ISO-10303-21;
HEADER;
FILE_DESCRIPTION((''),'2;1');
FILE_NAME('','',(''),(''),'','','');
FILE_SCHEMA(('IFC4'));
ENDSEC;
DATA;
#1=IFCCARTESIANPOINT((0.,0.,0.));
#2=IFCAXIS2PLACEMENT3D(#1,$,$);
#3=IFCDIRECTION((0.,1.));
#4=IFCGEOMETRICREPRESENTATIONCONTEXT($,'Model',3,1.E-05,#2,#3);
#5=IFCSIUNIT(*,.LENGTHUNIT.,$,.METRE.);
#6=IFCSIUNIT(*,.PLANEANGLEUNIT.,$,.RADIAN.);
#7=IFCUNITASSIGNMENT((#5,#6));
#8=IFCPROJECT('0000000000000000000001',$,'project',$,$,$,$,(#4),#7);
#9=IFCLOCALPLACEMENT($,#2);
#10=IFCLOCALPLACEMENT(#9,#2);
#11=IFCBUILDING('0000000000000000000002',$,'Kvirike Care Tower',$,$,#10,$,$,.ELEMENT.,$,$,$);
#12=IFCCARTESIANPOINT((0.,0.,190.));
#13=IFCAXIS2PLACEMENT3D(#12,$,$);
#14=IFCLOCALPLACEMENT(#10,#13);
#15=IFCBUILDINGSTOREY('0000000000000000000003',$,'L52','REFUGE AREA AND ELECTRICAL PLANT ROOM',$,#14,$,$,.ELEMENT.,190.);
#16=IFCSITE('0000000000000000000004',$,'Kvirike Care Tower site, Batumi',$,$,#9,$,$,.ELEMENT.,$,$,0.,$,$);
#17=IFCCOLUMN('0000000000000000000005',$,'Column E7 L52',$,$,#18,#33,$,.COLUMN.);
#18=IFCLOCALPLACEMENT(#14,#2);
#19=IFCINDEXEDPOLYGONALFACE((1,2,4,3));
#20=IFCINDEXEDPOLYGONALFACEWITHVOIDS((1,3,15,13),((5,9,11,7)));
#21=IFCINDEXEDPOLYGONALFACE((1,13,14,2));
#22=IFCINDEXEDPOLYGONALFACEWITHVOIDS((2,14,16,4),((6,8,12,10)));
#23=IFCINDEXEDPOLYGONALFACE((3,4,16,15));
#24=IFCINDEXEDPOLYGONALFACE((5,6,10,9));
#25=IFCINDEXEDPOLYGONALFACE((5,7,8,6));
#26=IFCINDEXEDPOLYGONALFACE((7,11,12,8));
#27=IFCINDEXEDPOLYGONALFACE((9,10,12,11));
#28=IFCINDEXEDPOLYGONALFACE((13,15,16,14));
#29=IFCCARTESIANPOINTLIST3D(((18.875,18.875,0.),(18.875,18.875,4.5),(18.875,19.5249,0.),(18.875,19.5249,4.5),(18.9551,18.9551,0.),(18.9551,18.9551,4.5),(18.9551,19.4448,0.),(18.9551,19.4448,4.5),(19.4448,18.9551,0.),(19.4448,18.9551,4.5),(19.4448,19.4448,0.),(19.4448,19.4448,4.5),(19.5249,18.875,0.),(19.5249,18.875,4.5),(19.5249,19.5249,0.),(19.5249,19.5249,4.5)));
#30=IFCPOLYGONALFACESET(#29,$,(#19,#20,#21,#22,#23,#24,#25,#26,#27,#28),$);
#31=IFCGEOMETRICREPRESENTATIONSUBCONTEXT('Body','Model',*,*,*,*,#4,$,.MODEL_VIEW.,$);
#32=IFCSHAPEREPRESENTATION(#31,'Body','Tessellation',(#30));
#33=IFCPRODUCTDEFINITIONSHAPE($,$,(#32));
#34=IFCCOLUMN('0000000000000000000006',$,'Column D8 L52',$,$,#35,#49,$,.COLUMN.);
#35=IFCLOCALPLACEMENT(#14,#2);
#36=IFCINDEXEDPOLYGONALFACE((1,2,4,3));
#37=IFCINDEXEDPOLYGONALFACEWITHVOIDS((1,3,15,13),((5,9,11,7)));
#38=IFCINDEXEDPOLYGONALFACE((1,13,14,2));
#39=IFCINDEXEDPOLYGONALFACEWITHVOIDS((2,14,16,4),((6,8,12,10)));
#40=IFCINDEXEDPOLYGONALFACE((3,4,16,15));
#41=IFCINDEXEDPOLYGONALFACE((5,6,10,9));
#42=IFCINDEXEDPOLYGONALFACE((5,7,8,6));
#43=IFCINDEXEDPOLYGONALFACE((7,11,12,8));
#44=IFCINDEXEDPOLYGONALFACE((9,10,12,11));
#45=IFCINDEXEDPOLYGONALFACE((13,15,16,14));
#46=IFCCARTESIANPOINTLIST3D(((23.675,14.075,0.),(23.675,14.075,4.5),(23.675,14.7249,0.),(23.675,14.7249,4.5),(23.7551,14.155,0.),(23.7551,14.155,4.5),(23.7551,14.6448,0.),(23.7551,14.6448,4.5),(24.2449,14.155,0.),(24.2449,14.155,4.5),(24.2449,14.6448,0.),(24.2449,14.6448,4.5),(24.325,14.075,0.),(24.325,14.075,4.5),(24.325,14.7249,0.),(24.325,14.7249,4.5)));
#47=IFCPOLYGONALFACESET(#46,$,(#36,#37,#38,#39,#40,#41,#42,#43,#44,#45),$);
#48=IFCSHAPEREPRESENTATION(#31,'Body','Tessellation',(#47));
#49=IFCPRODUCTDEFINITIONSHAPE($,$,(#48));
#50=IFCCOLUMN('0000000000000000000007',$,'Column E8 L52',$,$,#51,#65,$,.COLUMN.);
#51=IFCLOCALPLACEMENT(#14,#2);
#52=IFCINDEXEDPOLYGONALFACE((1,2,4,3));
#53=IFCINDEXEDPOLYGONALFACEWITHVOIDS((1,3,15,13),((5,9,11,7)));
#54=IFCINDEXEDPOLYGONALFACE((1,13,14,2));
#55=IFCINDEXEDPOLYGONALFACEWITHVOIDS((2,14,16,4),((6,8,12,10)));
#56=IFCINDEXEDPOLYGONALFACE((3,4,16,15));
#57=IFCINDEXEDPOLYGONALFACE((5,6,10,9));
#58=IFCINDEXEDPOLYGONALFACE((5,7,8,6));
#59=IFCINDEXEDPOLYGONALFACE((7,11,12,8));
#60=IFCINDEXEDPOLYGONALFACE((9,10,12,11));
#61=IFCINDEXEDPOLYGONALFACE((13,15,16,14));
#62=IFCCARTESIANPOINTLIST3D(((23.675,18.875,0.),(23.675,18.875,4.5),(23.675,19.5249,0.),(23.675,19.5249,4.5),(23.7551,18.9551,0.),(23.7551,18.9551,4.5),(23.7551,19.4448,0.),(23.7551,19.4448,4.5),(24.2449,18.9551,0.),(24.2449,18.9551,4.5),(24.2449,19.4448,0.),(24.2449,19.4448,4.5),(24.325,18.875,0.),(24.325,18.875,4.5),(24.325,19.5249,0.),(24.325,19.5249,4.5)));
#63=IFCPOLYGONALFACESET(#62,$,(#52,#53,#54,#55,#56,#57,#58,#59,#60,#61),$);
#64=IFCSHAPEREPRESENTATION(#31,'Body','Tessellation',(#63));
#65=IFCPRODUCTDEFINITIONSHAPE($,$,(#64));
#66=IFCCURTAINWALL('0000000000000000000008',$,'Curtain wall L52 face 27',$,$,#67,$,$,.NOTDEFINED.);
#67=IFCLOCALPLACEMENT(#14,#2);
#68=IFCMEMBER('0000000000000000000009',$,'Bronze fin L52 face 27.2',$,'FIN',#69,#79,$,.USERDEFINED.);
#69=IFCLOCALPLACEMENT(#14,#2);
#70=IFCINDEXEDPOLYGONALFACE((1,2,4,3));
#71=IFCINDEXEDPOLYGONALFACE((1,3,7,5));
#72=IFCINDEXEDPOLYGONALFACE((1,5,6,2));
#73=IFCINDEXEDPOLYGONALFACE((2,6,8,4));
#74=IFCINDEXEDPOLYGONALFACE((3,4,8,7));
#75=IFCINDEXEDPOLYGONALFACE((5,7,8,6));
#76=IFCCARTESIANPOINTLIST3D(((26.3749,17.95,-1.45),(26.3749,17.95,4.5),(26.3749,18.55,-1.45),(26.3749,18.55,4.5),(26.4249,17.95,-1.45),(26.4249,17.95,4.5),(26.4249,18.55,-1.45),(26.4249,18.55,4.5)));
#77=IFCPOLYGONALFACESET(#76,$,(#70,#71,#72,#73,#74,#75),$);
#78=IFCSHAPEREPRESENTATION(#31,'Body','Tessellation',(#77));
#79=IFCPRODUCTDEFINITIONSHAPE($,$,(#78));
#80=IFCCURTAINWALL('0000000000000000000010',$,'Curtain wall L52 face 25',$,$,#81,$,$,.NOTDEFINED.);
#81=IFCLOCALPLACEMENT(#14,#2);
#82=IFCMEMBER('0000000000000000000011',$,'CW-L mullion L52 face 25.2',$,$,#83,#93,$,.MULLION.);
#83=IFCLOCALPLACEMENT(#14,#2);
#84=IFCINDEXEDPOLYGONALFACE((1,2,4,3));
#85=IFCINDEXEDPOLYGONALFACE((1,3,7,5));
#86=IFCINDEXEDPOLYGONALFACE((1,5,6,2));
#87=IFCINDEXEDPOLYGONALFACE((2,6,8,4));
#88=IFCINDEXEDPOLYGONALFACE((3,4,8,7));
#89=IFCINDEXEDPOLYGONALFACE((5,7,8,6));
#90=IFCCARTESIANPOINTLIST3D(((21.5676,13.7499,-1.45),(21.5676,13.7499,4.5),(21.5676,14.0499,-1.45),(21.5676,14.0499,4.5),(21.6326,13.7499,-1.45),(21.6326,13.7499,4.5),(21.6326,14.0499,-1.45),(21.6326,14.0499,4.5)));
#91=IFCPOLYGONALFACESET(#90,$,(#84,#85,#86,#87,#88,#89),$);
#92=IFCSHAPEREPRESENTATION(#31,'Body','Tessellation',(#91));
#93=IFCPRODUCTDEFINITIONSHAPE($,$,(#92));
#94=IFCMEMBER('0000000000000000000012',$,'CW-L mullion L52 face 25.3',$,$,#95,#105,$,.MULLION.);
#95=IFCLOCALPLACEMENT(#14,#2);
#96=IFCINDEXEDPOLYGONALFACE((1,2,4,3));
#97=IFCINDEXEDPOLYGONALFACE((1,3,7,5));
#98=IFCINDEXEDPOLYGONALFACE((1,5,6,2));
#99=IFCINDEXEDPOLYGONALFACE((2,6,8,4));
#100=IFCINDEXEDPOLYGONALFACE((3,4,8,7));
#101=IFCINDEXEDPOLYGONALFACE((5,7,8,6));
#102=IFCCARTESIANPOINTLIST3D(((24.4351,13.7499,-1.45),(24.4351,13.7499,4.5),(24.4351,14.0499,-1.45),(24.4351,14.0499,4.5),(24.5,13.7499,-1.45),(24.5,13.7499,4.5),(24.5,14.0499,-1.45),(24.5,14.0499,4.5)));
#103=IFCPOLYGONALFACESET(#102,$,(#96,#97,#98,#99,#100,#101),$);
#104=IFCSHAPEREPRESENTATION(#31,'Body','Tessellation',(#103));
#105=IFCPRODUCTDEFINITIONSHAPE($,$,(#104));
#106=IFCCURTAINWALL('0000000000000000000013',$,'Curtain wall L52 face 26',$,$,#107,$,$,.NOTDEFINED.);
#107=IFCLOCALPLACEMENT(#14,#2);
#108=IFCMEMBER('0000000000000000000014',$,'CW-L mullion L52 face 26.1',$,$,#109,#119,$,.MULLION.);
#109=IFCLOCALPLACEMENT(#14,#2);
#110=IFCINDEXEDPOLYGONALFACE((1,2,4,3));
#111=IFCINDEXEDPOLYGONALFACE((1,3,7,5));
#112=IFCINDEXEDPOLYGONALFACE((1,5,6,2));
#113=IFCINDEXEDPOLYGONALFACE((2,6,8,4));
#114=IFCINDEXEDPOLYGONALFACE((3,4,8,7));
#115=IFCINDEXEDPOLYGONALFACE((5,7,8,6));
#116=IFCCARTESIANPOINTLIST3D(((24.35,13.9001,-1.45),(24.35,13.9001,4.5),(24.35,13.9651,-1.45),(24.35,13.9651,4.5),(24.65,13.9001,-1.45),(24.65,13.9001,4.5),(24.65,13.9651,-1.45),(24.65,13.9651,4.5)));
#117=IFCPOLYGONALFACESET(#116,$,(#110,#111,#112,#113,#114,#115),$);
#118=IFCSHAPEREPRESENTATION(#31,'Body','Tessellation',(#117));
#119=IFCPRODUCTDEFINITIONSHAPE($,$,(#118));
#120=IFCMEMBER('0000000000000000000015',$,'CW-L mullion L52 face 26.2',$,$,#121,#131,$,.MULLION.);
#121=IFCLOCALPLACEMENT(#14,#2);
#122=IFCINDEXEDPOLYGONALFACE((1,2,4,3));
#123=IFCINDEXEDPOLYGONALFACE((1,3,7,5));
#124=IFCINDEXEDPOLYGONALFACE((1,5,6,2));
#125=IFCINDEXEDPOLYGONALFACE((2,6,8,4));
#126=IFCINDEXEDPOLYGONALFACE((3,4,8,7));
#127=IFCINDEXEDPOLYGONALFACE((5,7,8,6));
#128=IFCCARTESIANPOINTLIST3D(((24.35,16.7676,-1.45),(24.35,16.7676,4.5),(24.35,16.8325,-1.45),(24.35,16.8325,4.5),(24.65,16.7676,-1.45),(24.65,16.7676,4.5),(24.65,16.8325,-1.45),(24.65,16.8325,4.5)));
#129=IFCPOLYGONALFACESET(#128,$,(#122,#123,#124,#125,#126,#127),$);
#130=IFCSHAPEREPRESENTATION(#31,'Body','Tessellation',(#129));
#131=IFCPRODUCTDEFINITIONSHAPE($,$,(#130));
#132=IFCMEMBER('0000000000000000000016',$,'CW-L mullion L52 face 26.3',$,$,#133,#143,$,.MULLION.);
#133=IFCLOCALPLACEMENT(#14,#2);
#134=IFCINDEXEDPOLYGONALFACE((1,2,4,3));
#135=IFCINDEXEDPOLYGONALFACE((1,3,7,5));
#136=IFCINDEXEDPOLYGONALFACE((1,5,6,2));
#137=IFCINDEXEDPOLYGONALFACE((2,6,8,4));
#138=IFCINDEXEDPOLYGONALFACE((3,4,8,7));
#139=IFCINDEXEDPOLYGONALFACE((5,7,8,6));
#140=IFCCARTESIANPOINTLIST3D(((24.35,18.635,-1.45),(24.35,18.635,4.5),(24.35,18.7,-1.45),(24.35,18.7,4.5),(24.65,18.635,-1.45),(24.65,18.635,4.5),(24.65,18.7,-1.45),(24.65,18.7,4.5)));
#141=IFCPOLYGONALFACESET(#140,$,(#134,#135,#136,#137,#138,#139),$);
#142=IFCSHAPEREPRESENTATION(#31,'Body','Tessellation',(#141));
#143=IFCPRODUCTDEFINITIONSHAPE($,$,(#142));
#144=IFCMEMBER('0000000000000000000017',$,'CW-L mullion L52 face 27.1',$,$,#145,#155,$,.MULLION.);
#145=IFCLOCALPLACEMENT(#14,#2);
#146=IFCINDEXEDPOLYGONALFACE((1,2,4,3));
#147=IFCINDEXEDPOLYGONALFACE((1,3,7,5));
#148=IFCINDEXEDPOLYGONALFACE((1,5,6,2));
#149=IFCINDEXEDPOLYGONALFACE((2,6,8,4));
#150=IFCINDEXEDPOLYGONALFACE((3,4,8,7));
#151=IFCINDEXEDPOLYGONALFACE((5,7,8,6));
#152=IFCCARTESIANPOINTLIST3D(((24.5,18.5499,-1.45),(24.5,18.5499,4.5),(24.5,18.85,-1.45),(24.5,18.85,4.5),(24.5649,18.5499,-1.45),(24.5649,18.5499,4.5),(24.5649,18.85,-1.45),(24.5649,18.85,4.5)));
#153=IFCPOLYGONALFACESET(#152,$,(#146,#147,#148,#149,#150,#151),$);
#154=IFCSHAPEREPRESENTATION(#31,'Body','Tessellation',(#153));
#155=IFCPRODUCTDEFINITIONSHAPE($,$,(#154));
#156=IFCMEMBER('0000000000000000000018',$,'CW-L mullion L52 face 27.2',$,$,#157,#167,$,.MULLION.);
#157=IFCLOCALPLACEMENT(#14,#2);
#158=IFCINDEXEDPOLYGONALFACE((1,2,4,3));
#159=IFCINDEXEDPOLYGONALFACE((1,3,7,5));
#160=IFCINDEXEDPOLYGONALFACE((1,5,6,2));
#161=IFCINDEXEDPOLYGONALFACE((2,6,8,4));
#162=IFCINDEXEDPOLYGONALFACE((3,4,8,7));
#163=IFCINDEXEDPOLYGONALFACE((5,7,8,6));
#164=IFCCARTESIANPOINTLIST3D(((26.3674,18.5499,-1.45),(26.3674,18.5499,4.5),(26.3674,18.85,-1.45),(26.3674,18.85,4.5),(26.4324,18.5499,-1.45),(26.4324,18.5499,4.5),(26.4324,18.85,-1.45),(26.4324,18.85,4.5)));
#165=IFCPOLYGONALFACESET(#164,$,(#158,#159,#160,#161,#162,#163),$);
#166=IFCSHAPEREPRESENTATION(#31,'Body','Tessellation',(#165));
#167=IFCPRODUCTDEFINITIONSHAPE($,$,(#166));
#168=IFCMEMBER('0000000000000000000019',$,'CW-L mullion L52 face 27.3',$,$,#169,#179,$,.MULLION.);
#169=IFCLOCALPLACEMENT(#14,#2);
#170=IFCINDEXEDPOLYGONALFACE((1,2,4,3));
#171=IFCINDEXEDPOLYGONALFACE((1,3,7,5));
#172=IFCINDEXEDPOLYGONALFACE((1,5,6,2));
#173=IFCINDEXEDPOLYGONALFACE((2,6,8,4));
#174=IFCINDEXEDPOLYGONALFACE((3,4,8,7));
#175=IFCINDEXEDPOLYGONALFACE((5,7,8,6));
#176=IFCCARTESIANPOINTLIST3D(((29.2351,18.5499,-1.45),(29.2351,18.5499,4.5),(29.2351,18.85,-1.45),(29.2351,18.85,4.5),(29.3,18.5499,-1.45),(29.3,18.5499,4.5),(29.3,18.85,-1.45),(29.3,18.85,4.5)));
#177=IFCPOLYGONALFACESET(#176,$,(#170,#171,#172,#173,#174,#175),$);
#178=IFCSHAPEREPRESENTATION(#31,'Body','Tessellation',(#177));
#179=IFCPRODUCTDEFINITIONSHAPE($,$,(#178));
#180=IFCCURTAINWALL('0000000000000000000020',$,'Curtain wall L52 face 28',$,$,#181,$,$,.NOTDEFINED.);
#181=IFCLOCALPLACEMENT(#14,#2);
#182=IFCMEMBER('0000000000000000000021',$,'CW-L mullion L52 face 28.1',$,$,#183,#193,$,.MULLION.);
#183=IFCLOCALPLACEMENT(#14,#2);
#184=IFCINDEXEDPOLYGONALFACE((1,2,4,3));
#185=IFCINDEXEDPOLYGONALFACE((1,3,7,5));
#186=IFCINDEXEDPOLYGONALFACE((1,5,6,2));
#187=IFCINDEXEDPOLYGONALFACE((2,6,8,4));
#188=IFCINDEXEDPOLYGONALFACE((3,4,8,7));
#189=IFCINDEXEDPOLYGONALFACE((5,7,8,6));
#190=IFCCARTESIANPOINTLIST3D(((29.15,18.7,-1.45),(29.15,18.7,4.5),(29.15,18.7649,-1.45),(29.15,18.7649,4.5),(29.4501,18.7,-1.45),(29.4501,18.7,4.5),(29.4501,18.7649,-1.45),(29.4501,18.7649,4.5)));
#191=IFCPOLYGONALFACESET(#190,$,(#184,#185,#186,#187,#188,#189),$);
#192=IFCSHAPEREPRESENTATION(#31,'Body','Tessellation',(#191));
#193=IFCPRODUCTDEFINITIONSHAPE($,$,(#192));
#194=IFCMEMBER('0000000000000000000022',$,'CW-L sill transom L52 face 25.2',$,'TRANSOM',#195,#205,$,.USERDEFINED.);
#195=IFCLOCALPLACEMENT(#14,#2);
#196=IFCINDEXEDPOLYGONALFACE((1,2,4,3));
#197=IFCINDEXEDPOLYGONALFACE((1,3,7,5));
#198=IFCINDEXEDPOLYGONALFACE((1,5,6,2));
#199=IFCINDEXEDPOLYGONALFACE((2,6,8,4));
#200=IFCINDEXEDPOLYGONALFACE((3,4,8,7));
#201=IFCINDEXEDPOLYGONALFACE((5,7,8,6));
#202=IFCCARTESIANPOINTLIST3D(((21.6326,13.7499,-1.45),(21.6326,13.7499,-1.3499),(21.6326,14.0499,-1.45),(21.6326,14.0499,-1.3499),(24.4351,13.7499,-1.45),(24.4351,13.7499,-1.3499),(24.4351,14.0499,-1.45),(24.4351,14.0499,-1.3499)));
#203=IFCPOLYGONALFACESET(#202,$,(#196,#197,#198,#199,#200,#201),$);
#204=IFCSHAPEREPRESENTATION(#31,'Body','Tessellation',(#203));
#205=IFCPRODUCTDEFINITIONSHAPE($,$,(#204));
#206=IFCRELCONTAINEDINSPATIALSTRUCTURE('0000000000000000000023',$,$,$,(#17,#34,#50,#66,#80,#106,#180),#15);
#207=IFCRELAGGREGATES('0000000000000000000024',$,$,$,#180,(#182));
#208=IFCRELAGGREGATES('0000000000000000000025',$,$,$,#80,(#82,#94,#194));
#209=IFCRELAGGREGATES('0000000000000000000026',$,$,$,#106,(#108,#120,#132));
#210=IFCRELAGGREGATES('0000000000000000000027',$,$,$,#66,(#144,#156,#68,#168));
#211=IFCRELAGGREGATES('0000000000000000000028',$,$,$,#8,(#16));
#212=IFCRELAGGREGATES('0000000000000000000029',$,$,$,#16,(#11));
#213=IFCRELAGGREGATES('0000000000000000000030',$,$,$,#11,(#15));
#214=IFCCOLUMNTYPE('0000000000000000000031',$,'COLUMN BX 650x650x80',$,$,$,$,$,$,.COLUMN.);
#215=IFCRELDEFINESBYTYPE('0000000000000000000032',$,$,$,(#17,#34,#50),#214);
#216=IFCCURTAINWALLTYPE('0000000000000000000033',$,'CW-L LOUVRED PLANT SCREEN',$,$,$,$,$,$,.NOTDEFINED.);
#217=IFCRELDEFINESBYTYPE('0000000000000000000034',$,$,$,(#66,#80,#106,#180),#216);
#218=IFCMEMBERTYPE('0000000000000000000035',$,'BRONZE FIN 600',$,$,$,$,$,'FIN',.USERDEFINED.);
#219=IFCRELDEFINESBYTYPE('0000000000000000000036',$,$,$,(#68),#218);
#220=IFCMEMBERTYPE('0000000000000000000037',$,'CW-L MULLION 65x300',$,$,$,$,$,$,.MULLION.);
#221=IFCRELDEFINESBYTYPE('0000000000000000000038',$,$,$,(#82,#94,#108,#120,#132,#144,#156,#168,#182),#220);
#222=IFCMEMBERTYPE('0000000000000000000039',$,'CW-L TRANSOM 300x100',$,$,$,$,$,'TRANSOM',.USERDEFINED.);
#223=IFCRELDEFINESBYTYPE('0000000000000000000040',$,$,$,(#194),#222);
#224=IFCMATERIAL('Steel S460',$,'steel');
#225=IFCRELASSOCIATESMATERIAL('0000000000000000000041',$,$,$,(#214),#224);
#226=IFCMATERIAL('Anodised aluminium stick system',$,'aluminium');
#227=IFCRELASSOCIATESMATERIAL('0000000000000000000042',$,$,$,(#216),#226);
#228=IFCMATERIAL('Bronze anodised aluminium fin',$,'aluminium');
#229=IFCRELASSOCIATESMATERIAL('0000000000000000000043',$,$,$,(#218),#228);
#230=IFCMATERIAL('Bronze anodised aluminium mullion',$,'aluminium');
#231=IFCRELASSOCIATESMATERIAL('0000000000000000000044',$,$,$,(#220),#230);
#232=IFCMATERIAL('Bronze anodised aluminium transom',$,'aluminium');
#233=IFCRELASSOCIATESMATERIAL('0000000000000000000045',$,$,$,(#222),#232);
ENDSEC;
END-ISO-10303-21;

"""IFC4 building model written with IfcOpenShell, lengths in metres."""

from ifc_helpers import new_model, si_unit, direction, frame, origin, origin_2d, place, context, subcontext, project, spatial, rectangle, hollow_rectangle, extrude, material, material_profile, profile_set, type_object, element, aggregate, save


model = new_model("IFC4")

# Units and contexts
model_context = context("Model", 3, precision=1e-05, world=origin(), true_north=direction((0.0, 1.0)))
body_context = subcontext(model_context, "Body", "Model", "MODEL_VIEW")
ifc_project = project(units=[si_unit("LENGTHUNIT", "METRE"), si_unit("PLANEANGLEUNIT", "RADIAN")], contexts=[model_context])

# Site, building, storey
site_placement = place(None, origin())
site = spatial("IfcSite", under=ifc_project, at=site_placement, Name="Kvirike Care Tower site, Batumi", CompositionType="ELEMENT", RefElevation=0.0)
building_placement = place(site_placement, origin())
building = spatial("IfcBuilding", under=site, at=building_placement, Name="Kvirike Care Tower", CompositionType="ELEMENT")
storey_placement = place(building_placement, frame((0.0, 0.0, 190.0)))
storey = spatial("IfcBuildingStorey", under=building, at=storey_placement, Name="L52", Description="REFUGE AREA AND ELECTRICAL PLANT ROOM", CompositionType="ELEMENT", Elevation=190.0)

# Columns
ifc_material_1 = material(Name="Steel S460", Category="steel")
ifc_material_profile_1 = material_profile(ifc_material_1, hollow_rectangle(XDim=0.6499, YDim=0.6499, WallThickness=0.0801, at=origin_2d()), Name="BX 650x650x80")
ifc_profile_set_1 = profile_set([ifc_material_profile_1], Name="Steel S460")
column_type = type_object("IfcColumnType", Name="COLUMN BX 650x650x80", PredefinedType="COLUMN", material=ifc_profile_set_1)
for number, where, z_axis, x_axis, name in (
    (1, (19.2, 19.2, 0.0), (0.0, 0.0, 1.0), (0.0, 1.0, 0.0), "Column E7 L52"),
    (2, (24.0, 14.3999, 0.0), (0.0, 0.0, 1.0), (0.0, 1.0, 0.0), "Column D8 L52"),
    (3, (24.0, 19.2, 0.0), (0.0, 0.0, 1.0), (0.0, 1.0, 0.0), "Column E8 L52"),
):
    element("IfcColumn", number, at=place(storey_placement, frame(where, z_axis=z_axis, x_axis=x_axis)), inside=storey, type_object=column_type, Name=name, PredefinedType="COLUMN", context=body_context, shape_type="SweptSolid", body=[
        extrude(hollow_rectangle(XDim=0.6499, YDim=0.6499, WallThickness=0.0801, at=origin_2d()), origin(), (0.0, 0.0, 1.0), 4.5),
    ])

# Curtain wall, member
ifc_material_2 = material(Name="Anodised aluminium stick system", Category="aluminium")
curtain_wall_type = type_object("IfcCurtainWallType", Name="CW-L LOUVRED PLANT SCREEN", PredefinedType="NOTDEFINED", material=ifc_material_2)
curtain_wall_1_placement = place(storey_placement, origin())
curtain_wall_1 = element("IfcCurtainWall", 4, at=curtain_wall_1_placement, inside=storey, type_object=curtain_wall_type, Name="Curtain wall L52 face 27", PredefinedType="NOTDEFINED")
ifc_material_3 = material(Name="Bronze anodised aluminium fin", Category="aluminium")
ifc_material_profile_2 = material_profile(ifc_material_3, rectangle(XDim=0.05, YDim=0.6001, at=origin_2d()), Name="BRONZE FIN 600")
ifc_profile_set_2 = profile_set([ifc_material_profile_2], Name="Bronze anodised aluminium fin")
member_type_1 = type_object("IfcMemberType", Name="BRONZE FIN 600", ElementType="FIN", PredefinedType="USERDEFINED", material=ifc_profile_set_2)
member_1_placement = place(storey_placement, frame((26.3999, 18.25, -1.45), z_axis=(0.0, 0.0, 1.0), x_axis=(1.0, 0.0, 0.0)))
member_1 = element("IfcMember", 5, at=member_1_placement, type_object=member_type_1, Name="Bronze fin L52 face 27.2", ObjectType="FIN", PredefinedType="USERDEFINED", context=body_context, shape_type="SweptSolid", body=[
    extrude(rectangle(XDim=0.05, YDim=0.6001, at=origin_2d()), origin(), (0.0, 0.0, 1.0), 5.95),
])

# Curtain walls, members
curtain_wall_2_placement = place(storey_placement, origin())
curtain_wall_2 = element("IfcCurtainWall", 6, at=curtain_wall_2_placement, inside=storey, type_object=curtain_wall_type, Name="Curtain wall L52 face 25", PredefinedType="NOTDEFINED")
ifc_material_4 = material(Name="Bronze anodised aluminium mullion", Category="aluminium")
ifc_material_profile_3 = material_profile(ifc_material_4, rectangle(XDim=0.0649, YDim=0.3, at=origin_2d()), Name="CW-L MULLION 65x300")
ifc_profile_set_3 = profile_set([ifc_material_profile_3], Name="Bronze anodised aluminium mullion")
member_type_2 = type_object("IfcMemberType", Name="CW-L MULLION 65x300", PredefinedType="MULLION", material=ifc_profile_set_3)
member_2_placement = place(storey_placement, frame((21.6001, 13.8999, -1.45), z_axis=(0.0, 0.0, 1.0), x_axis=(1.0, 0.0, 0.0)))
member_2 = element("IfcMember", 7, at=member_2_placement, type_object=member_type_2, Name="CW-L mullion L52 face 25.2", PredefinedType="MULLION", context=body_context, shape_type="SweptSolid", body=[
    extrude(rectangle(XDim=0.0649, YDim=0.3, at=origin_2d()), origin(), (0.0, 0.0, 1.0), 5.95),
])
member_3_placement = place(storey_placement, frame((24.4675, 13.8999, -1.45), z_axis=(0.0, 0.0, 1.0), x_axis=(1.0, 0.0, 0.0)))
member_3 = element("IfcMember", 8, at=member_3_placement, type_object=member_type_2, Name="CW-L mullion L52 face 25.3", PredefinedType="MULLION", context=body_context, shape_type="SweptSolid", body=[
    extrude(rectangle(XDim=0.0649, YDim=0.3, at=origin_2d()), origin(), (0.0, 0.0, 1.0), 5.95),
])
curtain_wall_3_placement = place(storey_placement, origin())
curtain_wall_3 = element("IfcCurtainWall", 9, at=curtain_wall_3_placement, inside=storey, type_object=curtain_wall_type, Name="Curtain wall L52 face 26", PredefinedType="NOTDEFINED")
member_4_placement = place(storey_placement, frame((24.5, 13.9326, -1.45), z_axis=(0.0, 0.0, 1.0), x_axis=(0.0, 1.0, 0.0)))
member_4 = element("IfcMember", 10, at=member_4_placement, type_object=member_type_2, Name="CW-L mullion L52 face 26.1", PredefinedType="MULLION", context=body_context, shape_type="SweptSolid", body=[
    extrude(rectangle(XDim=0.0649, YDim=0.3, at=origin_2d()), origin(), (0.0, 0.0, 1.0), 5.95),
])
member_5_placement = place(storey_placement, frame((24.5, 16.8, -1.45), z_axis=(0.0, 0.0, 1.0), x_axis=(0.0, 1.0, 0.0)))
member_5 = element("IfcMember", 11, at=member_5_placement, type_object=member_type_2, Name="CW-L mullion L52 face 26.2", PredefinedType="MULLION", context=body_context, shape_type="SweptSolid", body=[
    extrude(rectangle(XDim=0.0649, YDim=0.3, at=origin_2d()), origin(), (0.0, 0.0, 1.0), 5.95),
])
member_6_placement = place(storey_placement, frame((24.5, 18.6675, -1.45), z_axis=(0.0, 0.0, 1.0), x_axis=(0.0, 1.0, 0.0)))
member_6 = element("IfcMember", 12, at=member_6_placement, type_object=member_type_2, Name="CW-L mullion L52 face 26.3", PredefinedType="MULLION", context=body_context, shape_type="SweptSolid", body=[
    extrude(rectangle(XDim=0.0649, YDim=0.3, at=origin_2d()), origin(), (0.0, 0.0, 1.0), 5.95),
])

# Members
member_7_placement = place(storey_placement, frame((24.5325, 18.7, -1.45), z_axis=(0.0, 0.0, 1.0), x_axis=(1.0, 0.0, 0.0)))
member_7 = element("IfcMember", 13, at=member_7_placement, type_object=member_type_2, Name="CW-L mullion L52 face 27.1", PredefinedType="MULLION", context=body_context, shape_type="SweptSolid", body=[
    extrude(rectangle(XDim=0.0649, YDim=0.3, at=origin_2d()), origin(), (0.0, 0.0, 1.0), 5.95),
])
member_8_placement = place(storey_placement, frame((26.3999, 18.7, -1.45), z_axis=(0.0, 0.0, 1.0), x_axis=(1.0, 0.0, 0.0)))
member_8 = element("IfcMember", 14, at=member_8_placement, type_object=member_type_2, Name="CW-L mullion L52 face 27.2", PredefinedType="MULLION", context=body_context, shape_type="SweptSolid", body=[
    extrude(rectangle(XDim=0.0649, YDim=0.3, at=origin_2d()), origin(), (0.0, 0.0, 1.0), 5.95),
])
member_9_placement = place(storey_placement, frame((29.2676, 18.7, -1.45), z_axis=(0.0, 0.0, 1.0), x_axis=(1.0, 0.0, 0.0)))
member_9 = element("IfcMember", 15, at=member_9_placement, type_object=member_type_2, Name="CW-L mullion L52 face 27.3", PredefinedType="MULLION", context=body_context, shape_type="SweptSolid", body=[
    extrude(rectangle(XDim=0.0649, YDim=0.3, at=origin_2d()), origin(), (0.0, 0.0, 1.0), 5.95),
])

# Curtain wall, member
curtain_wall_4_placement = place(storey_placement, origin())
curtain_wall_4 = element("IfcCurtainWall", 16, at=curtain_wall_4_placement, inside=storey, type_object=curtain_wall_type, Name="Curtain wall L52 face 28", PredefinedType="NOTDEFINED")
member_10_placement = place(storey_placement, frame((29.3, 18.7324, -1.45), z_axis=(0.0, 0.0, 1.0), x_axis=(0.0, 1.0, 0.0)))
member_10 = element("IfcMember", 17, at=member_10_placement, type_object=member_type_2, Name="CW-L mullion L52 face 28.1", PredefinedType="MULLION", context=body_context, shape_type="SweptSolid", body=[
    extrude(rectangle(XDim=0.0649, YDim=0.3, at=origin_2d()), origin(), (0.0, 0.0, 1.0), 5.95),
])

# Member
ifc_material_5 = material(Name="Bronze anodised aluminium transom", Category="aluminium")
ifc_material_profile_4 = material_profile(ifc_material_5, rectangle(XDim=0.3, YDim=0.1001, at=origin_2d()), Name="CW-L TRANSOM 300x100")
ifc_profile_set_4 = profile_set([ifc_material_profile_4], Name="Bronze anodised aluminium transom")
member_type_3 = type_object("IfcMemberType", Name="CW-L TRANSOM 300x100", ElementType="TRANSOM", PredefinedType="USERDEFINED", material=ifc_profile_set_4)
member_11_placement = place(storey_placement, frame((21.6326, 13.8999, -1.3999), z_axis=(1.0, 0.0, 0.0), x_axis=(0.0, 1.0, 0.0)))
member_11 = element("IfcMember", 18, at=member_11_placement, type_object=member_type_3, Name="CW-L sill transom L52 face 25.2", ObjectType="TRANSOM", PredefinedType="USERDEFINED", context=body_context, shape_type="SweptSolid", body=[
    extrude(rectangle(XDim=0.3, YDim=0.1001, at=origin_2d()), origin(), (0.0, 0.0, 1.0), 2.8025),
])
aggregate(curtain_wall_4, [member_10])

aggregate(curtain_wall_2, [member_2, member_3, member_11])
aggregate(curtain_wall_3, [member_4, member_5, member_6])
aggregate(curtain_wall_1, [member_7, member_8, member_1, member_9])

save(model, "model.ifc")
